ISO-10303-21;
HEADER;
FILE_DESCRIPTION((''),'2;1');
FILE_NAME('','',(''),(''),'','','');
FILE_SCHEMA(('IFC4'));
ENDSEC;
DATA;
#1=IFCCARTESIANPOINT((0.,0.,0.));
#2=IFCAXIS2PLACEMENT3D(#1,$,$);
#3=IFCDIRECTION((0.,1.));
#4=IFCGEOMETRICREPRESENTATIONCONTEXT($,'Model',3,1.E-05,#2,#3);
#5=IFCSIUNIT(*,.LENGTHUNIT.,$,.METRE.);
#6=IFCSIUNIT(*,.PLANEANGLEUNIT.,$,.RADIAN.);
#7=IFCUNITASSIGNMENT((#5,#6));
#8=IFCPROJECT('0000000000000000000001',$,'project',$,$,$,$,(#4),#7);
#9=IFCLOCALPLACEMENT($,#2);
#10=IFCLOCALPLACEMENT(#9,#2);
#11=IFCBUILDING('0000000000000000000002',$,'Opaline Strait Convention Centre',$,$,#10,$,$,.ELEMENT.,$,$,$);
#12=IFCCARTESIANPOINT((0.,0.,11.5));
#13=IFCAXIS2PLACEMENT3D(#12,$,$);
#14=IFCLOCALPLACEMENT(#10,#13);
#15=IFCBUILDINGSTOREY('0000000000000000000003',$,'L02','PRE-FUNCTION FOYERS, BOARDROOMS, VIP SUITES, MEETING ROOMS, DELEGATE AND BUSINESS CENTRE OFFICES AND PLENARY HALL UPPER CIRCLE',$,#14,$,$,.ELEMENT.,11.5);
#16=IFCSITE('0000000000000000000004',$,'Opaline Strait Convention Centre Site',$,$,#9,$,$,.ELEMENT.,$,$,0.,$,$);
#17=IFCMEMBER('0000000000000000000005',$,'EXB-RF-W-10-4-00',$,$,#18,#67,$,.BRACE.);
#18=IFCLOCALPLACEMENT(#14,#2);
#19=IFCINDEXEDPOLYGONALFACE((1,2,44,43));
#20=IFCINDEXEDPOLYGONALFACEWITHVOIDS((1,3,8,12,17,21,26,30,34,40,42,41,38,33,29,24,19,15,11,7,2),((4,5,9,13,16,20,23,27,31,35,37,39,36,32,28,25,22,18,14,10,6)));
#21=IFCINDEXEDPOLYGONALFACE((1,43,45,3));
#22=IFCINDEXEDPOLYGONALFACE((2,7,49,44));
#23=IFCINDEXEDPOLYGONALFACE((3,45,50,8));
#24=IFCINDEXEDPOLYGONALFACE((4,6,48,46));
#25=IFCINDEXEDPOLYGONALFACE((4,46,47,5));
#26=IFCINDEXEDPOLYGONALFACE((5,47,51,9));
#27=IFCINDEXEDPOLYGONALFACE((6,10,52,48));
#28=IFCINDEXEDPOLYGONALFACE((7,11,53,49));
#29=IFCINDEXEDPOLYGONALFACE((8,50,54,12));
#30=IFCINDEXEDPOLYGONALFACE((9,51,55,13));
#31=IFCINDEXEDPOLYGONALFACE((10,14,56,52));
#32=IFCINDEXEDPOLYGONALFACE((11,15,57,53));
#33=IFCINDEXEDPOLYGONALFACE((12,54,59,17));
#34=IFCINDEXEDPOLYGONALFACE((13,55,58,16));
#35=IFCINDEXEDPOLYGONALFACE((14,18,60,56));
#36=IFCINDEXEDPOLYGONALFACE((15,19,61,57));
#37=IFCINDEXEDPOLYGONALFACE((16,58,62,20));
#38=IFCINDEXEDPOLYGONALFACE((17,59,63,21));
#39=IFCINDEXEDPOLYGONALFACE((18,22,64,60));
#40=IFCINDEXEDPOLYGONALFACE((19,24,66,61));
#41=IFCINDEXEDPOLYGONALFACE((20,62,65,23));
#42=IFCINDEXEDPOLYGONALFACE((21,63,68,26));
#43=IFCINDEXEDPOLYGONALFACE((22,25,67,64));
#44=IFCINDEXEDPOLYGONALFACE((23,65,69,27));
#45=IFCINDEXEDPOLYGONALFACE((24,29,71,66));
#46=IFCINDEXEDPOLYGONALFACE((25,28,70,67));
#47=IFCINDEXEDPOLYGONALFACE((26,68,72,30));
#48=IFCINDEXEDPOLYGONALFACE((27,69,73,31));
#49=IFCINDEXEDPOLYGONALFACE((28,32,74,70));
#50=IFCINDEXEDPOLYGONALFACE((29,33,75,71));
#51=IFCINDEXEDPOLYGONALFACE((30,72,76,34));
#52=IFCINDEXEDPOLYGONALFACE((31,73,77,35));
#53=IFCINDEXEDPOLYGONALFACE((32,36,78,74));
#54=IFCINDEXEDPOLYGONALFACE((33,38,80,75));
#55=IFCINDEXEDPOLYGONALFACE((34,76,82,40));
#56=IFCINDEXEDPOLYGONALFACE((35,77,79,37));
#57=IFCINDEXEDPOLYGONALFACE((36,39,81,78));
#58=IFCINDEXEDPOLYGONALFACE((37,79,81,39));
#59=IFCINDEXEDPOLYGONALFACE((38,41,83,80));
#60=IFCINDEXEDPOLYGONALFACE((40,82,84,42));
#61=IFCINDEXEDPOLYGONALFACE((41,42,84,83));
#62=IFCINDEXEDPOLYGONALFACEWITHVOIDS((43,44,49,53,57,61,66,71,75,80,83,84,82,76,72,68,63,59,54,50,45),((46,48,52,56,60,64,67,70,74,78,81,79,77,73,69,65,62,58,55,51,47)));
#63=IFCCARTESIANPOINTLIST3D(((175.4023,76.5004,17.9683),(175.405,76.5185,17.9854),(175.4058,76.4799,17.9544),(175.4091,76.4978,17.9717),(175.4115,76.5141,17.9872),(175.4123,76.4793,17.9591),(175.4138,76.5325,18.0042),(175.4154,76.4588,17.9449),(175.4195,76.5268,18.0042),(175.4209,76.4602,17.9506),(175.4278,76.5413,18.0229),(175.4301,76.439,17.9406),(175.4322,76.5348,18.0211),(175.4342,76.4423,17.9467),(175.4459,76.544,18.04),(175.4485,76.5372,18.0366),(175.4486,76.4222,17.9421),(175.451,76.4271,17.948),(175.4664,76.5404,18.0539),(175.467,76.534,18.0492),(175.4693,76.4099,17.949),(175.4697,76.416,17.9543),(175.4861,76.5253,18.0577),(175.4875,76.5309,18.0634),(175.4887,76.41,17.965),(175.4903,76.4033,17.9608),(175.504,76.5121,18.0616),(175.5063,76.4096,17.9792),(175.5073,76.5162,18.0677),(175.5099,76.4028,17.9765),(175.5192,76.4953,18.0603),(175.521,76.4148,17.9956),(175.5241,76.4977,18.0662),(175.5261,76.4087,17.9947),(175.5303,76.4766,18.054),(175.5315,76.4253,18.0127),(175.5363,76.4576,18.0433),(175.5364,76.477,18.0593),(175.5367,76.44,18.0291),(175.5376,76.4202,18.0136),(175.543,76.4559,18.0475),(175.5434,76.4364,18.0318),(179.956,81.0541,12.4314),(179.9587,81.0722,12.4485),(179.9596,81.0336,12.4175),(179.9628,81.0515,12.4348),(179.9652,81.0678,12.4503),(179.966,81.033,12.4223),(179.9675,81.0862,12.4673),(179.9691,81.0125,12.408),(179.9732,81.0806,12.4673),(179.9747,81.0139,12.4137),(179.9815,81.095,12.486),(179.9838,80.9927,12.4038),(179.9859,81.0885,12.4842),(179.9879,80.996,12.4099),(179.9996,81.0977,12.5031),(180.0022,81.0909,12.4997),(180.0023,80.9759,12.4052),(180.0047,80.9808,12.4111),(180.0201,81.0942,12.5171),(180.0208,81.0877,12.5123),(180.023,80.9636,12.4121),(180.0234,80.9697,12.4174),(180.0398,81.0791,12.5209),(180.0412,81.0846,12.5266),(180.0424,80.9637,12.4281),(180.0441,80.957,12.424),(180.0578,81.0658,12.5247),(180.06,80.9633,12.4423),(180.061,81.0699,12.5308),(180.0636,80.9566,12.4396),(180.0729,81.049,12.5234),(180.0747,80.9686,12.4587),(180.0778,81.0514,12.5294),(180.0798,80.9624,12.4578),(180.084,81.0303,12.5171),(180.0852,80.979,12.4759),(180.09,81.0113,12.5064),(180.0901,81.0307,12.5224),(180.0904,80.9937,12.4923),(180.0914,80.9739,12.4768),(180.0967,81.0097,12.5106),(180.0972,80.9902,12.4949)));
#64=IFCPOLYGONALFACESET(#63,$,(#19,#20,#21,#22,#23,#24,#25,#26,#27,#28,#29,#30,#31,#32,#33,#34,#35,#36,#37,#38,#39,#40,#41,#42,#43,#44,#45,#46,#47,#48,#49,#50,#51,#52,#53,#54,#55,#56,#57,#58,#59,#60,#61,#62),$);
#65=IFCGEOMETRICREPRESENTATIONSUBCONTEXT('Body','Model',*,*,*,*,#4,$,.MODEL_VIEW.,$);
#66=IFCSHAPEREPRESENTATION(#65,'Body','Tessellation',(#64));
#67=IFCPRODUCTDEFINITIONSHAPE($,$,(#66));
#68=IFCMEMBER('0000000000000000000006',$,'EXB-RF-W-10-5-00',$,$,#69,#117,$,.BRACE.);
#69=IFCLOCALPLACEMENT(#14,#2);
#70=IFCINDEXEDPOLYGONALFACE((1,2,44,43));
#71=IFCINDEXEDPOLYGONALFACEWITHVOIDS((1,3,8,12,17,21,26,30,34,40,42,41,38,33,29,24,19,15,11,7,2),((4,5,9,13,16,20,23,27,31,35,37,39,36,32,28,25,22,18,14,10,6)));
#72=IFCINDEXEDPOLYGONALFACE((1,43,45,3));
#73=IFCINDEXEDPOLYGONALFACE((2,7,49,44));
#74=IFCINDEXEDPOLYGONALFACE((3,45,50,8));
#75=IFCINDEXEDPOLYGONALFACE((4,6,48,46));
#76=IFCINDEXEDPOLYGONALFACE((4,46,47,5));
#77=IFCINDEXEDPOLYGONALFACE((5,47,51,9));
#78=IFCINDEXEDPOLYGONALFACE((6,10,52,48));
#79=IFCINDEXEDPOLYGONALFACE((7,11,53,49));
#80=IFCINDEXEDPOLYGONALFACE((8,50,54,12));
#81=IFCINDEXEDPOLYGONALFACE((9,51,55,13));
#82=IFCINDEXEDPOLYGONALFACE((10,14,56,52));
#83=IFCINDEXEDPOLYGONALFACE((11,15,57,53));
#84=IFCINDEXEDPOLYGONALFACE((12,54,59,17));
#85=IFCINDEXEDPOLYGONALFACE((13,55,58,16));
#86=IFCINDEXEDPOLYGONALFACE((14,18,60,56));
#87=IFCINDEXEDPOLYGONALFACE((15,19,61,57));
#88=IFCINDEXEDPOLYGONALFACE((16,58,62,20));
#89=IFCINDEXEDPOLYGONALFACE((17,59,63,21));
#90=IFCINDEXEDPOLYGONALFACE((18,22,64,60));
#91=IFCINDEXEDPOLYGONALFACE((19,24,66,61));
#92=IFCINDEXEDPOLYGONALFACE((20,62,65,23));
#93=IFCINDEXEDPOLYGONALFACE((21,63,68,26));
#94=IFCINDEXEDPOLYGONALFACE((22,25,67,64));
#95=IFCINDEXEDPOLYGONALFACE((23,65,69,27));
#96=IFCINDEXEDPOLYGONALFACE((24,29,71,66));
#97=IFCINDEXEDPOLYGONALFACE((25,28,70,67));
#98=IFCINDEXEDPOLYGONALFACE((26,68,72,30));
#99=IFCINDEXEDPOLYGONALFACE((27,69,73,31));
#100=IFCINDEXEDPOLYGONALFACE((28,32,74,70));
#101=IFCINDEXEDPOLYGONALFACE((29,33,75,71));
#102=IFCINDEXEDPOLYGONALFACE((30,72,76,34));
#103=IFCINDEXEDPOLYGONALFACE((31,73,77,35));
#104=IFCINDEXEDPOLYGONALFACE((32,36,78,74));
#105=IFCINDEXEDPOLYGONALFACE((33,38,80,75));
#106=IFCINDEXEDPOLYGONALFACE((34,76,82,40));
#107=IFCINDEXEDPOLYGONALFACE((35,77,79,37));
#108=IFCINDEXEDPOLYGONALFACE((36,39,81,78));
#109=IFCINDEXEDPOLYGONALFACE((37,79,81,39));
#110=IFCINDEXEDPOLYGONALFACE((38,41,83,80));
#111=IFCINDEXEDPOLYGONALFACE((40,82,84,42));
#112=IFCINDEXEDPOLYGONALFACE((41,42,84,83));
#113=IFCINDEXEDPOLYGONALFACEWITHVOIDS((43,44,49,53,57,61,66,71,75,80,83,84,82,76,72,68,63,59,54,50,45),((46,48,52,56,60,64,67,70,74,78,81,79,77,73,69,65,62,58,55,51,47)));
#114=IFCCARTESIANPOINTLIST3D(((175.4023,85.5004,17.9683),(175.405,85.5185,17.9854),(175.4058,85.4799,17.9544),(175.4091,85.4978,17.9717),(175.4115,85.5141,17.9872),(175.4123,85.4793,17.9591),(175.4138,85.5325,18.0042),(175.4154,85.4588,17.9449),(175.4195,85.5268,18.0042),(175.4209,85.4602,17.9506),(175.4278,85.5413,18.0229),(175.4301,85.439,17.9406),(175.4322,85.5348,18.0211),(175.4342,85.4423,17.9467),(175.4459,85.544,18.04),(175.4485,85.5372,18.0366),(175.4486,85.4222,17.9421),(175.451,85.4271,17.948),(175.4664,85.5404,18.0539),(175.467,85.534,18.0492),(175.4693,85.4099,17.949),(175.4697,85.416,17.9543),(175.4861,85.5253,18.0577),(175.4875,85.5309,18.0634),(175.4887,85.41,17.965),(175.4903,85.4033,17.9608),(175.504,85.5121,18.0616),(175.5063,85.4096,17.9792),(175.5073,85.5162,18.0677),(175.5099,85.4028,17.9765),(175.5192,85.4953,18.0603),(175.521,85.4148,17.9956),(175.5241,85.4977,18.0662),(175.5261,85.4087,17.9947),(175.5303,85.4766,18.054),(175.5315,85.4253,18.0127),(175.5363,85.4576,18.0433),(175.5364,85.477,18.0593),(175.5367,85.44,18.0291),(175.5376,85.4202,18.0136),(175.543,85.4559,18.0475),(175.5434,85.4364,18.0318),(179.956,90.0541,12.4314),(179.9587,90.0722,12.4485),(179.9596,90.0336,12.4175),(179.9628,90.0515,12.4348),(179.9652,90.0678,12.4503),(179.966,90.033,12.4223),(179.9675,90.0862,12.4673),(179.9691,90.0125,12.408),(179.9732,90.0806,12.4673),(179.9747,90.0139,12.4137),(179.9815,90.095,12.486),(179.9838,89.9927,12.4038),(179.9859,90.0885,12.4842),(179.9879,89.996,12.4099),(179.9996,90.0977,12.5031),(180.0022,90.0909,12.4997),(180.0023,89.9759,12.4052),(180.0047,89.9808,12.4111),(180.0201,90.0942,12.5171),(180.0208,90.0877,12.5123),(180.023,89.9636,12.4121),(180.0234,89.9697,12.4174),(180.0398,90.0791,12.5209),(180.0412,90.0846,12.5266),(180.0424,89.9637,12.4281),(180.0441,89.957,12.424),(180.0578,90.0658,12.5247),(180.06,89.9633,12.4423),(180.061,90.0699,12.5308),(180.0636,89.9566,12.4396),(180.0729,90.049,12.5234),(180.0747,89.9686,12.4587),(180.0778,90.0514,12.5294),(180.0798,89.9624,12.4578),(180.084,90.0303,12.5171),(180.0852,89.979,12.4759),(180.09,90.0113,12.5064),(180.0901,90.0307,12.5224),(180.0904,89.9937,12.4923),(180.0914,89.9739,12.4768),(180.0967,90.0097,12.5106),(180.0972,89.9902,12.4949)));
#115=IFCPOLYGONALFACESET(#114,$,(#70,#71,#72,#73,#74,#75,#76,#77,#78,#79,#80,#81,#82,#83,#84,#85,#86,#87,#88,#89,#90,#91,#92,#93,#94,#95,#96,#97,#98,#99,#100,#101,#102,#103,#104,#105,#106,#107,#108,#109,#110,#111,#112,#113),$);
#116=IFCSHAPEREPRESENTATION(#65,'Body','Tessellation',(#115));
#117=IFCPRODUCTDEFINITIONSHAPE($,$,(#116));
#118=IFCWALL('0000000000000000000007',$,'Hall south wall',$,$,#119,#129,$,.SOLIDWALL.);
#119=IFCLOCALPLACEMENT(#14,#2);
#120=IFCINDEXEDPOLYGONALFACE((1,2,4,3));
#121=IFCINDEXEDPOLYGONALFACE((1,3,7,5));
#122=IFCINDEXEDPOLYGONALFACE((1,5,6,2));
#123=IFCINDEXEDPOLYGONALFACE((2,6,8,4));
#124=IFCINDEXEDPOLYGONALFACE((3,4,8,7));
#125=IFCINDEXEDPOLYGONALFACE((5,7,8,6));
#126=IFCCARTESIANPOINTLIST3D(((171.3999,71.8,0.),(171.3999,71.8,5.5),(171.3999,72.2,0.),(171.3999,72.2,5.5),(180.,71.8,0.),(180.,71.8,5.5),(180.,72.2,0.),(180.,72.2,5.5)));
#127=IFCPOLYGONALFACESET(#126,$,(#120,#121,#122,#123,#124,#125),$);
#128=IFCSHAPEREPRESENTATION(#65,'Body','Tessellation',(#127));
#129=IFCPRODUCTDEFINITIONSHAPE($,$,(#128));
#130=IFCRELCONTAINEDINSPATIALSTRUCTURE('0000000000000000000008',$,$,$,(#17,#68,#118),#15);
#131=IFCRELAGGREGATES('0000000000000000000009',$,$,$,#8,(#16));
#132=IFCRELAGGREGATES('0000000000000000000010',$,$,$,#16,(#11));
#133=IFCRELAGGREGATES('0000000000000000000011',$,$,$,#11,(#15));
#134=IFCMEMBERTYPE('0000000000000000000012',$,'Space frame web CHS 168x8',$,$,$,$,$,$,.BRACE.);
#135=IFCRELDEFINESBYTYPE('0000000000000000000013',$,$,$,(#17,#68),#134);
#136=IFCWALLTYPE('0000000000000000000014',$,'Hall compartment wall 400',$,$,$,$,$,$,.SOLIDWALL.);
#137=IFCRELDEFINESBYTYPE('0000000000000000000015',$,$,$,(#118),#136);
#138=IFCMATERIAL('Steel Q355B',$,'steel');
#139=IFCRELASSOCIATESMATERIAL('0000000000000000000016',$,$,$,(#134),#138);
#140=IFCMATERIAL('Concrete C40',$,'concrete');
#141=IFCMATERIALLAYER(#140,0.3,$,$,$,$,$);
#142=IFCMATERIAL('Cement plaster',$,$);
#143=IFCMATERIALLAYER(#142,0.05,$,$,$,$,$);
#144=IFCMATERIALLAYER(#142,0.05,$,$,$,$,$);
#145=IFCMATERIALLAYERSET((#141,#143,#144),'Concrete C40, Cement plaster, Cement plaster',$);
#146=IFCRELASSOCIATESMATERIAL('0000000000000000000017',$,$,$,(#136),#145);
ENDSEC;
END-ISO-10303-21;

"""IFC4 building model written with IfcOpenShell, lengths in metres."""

from ifc_helpers import new_model, si_unit, direction, frame, frame_2d, origin, origin_2d, place, context, subcontext, project, spatial, rectangle, hollow_circle, extrude, material, layer, layer_set, material_profile, profile_set, type_object, element, save


model = new_model("IFC4")

# Units and contexts
model_context = context("Model", 3, precision=1e-05, world=origin(), true_north=direction((0.0, 1.0)))
body_context = subcontext(model_context, "Body", "Model", "MODEL_VIEW")
ifc_project = project(units=[si_unit("LENGTHUNIT", "METRE"), si_unit("PLANEANGLEUNIT", "RADIAN")], contexts=[model_context])

# Site, building, storey
site_placement = place(None, origin())
site = spatial("IfcSite", under=ifc_project, at=site_placement, Name="Opaline Strait Convention Centre Site", CompositionType="ELEMENT", RefElevation=0.0)
building_placement = place(site_placement, origin())
building = spatial("IfcBuilding", under=site, at=building_placement, Name="Opaline Strait Convention Centre", CompositionType="ELEMENT")
storey_placement = place(building_placement, frame((0.0, 0.0, 11.5)))
storey = spatial("IfcBuildingStorey", under=building, at=storey_placement, Name="L02", Description="PRE-FUNCTION FOYERS, BOARDROOMS, VIP SUITES, MEETING ROOMS, DELEGATE AND BUSINESS CENTRE OFFICES AND PLENARY HALL UPPER CIRCLE", CompositionType="ELEMENT", Elevation=11.5)

# Members
ifc_material_1 = material(Name="Steel Q355B", Category="steel")
ifc_material_profile_1 = material_profile(ifc_material_1, hollow_circle(Radius=0.084, WallThickness=0.0081, at=origin_2d()), Name="CHS 168x8")
ifc_profile_set_1 = profile_set([ifc_material_profile_1], Name="Steel Q355B")
member_type_1 = type_object("IfcMemberType", Name="Space frame web CHS 168x8", PredefinedType="BRACE", material=ifc_profile_set_1)
for number, where, z_axis, x_axis, name in (
    (1, (175.4731, 76.4731, 18.0042), (0.536178, 0.536178, -0.65194), (-0.707107, 0.707107, 0.0), "EXB-RF-W-10-4-00"),
    (2, (175.4731, 85.4731, 18.0042), (0.536178, 0.536178, -0.65194), (-0.707107, 0.707107, 0.0), "EXB-RF-W-10-5-00"),
):
    element("IfcMember", number, at=place(storey_placement, frame(where, z_axis=z_axis, x_axis=x_axis)), inside=storey, type_object=member_type_1, Name=name, PredefinedType="BRACE", context=body_context, shape_type="SweptSolid", body=[
        extrude(hollow_circle(Radius=0.084, WallThickness=0.0081, at=origin_2d()), origin(), (0.0, 0.0, 1.0), 8.4929),
    ])

# Wall
ifc_material_2 = material(Name="Concrete C40", Category="concrete")
ifc_layer_1 = layer(ifc_material_2, 0.3)
ifc_material_3 = material(Name="Cement plaster")
ifc_layer_2 = layer(ifc_material_3, 0.05)
ifc_layer_3 = layer(ifc_material_3, 0.05)
ifc_layer_set = layer_set([ifc_layer_1, ifc_layer_2, ifc_layer_3], Name="Concrete C40, Cement plaster, Cement plaster")
wall_type = type_object("IfcWallType", Name="Hall compartment wall 400", PredefinedType="SOLIDWALL", material=ifc_layer_set)
wall_placement = place(storey_placement, frame((171.3999, 72.0, 0.0), z_axis=(0.0, 0.0, 1.0), x_axis=(1.0, 0.0, 0.0)))
element("IfcWall", 3, at=wall_placement, inside=storey, type_object=wall_type, Name="Hall south wall", PredefinedType="SOLIDWALL", context=body_context, shape_type="SweptSolid", body=[
    extrude(rectangle(XDim=8.6001, YDim=0.3999, at=frame_2d((4.3, 0.0))), origin(), (0.0, 0.0, 1.0), 5.5),
])

save(model, "model.ifc")
